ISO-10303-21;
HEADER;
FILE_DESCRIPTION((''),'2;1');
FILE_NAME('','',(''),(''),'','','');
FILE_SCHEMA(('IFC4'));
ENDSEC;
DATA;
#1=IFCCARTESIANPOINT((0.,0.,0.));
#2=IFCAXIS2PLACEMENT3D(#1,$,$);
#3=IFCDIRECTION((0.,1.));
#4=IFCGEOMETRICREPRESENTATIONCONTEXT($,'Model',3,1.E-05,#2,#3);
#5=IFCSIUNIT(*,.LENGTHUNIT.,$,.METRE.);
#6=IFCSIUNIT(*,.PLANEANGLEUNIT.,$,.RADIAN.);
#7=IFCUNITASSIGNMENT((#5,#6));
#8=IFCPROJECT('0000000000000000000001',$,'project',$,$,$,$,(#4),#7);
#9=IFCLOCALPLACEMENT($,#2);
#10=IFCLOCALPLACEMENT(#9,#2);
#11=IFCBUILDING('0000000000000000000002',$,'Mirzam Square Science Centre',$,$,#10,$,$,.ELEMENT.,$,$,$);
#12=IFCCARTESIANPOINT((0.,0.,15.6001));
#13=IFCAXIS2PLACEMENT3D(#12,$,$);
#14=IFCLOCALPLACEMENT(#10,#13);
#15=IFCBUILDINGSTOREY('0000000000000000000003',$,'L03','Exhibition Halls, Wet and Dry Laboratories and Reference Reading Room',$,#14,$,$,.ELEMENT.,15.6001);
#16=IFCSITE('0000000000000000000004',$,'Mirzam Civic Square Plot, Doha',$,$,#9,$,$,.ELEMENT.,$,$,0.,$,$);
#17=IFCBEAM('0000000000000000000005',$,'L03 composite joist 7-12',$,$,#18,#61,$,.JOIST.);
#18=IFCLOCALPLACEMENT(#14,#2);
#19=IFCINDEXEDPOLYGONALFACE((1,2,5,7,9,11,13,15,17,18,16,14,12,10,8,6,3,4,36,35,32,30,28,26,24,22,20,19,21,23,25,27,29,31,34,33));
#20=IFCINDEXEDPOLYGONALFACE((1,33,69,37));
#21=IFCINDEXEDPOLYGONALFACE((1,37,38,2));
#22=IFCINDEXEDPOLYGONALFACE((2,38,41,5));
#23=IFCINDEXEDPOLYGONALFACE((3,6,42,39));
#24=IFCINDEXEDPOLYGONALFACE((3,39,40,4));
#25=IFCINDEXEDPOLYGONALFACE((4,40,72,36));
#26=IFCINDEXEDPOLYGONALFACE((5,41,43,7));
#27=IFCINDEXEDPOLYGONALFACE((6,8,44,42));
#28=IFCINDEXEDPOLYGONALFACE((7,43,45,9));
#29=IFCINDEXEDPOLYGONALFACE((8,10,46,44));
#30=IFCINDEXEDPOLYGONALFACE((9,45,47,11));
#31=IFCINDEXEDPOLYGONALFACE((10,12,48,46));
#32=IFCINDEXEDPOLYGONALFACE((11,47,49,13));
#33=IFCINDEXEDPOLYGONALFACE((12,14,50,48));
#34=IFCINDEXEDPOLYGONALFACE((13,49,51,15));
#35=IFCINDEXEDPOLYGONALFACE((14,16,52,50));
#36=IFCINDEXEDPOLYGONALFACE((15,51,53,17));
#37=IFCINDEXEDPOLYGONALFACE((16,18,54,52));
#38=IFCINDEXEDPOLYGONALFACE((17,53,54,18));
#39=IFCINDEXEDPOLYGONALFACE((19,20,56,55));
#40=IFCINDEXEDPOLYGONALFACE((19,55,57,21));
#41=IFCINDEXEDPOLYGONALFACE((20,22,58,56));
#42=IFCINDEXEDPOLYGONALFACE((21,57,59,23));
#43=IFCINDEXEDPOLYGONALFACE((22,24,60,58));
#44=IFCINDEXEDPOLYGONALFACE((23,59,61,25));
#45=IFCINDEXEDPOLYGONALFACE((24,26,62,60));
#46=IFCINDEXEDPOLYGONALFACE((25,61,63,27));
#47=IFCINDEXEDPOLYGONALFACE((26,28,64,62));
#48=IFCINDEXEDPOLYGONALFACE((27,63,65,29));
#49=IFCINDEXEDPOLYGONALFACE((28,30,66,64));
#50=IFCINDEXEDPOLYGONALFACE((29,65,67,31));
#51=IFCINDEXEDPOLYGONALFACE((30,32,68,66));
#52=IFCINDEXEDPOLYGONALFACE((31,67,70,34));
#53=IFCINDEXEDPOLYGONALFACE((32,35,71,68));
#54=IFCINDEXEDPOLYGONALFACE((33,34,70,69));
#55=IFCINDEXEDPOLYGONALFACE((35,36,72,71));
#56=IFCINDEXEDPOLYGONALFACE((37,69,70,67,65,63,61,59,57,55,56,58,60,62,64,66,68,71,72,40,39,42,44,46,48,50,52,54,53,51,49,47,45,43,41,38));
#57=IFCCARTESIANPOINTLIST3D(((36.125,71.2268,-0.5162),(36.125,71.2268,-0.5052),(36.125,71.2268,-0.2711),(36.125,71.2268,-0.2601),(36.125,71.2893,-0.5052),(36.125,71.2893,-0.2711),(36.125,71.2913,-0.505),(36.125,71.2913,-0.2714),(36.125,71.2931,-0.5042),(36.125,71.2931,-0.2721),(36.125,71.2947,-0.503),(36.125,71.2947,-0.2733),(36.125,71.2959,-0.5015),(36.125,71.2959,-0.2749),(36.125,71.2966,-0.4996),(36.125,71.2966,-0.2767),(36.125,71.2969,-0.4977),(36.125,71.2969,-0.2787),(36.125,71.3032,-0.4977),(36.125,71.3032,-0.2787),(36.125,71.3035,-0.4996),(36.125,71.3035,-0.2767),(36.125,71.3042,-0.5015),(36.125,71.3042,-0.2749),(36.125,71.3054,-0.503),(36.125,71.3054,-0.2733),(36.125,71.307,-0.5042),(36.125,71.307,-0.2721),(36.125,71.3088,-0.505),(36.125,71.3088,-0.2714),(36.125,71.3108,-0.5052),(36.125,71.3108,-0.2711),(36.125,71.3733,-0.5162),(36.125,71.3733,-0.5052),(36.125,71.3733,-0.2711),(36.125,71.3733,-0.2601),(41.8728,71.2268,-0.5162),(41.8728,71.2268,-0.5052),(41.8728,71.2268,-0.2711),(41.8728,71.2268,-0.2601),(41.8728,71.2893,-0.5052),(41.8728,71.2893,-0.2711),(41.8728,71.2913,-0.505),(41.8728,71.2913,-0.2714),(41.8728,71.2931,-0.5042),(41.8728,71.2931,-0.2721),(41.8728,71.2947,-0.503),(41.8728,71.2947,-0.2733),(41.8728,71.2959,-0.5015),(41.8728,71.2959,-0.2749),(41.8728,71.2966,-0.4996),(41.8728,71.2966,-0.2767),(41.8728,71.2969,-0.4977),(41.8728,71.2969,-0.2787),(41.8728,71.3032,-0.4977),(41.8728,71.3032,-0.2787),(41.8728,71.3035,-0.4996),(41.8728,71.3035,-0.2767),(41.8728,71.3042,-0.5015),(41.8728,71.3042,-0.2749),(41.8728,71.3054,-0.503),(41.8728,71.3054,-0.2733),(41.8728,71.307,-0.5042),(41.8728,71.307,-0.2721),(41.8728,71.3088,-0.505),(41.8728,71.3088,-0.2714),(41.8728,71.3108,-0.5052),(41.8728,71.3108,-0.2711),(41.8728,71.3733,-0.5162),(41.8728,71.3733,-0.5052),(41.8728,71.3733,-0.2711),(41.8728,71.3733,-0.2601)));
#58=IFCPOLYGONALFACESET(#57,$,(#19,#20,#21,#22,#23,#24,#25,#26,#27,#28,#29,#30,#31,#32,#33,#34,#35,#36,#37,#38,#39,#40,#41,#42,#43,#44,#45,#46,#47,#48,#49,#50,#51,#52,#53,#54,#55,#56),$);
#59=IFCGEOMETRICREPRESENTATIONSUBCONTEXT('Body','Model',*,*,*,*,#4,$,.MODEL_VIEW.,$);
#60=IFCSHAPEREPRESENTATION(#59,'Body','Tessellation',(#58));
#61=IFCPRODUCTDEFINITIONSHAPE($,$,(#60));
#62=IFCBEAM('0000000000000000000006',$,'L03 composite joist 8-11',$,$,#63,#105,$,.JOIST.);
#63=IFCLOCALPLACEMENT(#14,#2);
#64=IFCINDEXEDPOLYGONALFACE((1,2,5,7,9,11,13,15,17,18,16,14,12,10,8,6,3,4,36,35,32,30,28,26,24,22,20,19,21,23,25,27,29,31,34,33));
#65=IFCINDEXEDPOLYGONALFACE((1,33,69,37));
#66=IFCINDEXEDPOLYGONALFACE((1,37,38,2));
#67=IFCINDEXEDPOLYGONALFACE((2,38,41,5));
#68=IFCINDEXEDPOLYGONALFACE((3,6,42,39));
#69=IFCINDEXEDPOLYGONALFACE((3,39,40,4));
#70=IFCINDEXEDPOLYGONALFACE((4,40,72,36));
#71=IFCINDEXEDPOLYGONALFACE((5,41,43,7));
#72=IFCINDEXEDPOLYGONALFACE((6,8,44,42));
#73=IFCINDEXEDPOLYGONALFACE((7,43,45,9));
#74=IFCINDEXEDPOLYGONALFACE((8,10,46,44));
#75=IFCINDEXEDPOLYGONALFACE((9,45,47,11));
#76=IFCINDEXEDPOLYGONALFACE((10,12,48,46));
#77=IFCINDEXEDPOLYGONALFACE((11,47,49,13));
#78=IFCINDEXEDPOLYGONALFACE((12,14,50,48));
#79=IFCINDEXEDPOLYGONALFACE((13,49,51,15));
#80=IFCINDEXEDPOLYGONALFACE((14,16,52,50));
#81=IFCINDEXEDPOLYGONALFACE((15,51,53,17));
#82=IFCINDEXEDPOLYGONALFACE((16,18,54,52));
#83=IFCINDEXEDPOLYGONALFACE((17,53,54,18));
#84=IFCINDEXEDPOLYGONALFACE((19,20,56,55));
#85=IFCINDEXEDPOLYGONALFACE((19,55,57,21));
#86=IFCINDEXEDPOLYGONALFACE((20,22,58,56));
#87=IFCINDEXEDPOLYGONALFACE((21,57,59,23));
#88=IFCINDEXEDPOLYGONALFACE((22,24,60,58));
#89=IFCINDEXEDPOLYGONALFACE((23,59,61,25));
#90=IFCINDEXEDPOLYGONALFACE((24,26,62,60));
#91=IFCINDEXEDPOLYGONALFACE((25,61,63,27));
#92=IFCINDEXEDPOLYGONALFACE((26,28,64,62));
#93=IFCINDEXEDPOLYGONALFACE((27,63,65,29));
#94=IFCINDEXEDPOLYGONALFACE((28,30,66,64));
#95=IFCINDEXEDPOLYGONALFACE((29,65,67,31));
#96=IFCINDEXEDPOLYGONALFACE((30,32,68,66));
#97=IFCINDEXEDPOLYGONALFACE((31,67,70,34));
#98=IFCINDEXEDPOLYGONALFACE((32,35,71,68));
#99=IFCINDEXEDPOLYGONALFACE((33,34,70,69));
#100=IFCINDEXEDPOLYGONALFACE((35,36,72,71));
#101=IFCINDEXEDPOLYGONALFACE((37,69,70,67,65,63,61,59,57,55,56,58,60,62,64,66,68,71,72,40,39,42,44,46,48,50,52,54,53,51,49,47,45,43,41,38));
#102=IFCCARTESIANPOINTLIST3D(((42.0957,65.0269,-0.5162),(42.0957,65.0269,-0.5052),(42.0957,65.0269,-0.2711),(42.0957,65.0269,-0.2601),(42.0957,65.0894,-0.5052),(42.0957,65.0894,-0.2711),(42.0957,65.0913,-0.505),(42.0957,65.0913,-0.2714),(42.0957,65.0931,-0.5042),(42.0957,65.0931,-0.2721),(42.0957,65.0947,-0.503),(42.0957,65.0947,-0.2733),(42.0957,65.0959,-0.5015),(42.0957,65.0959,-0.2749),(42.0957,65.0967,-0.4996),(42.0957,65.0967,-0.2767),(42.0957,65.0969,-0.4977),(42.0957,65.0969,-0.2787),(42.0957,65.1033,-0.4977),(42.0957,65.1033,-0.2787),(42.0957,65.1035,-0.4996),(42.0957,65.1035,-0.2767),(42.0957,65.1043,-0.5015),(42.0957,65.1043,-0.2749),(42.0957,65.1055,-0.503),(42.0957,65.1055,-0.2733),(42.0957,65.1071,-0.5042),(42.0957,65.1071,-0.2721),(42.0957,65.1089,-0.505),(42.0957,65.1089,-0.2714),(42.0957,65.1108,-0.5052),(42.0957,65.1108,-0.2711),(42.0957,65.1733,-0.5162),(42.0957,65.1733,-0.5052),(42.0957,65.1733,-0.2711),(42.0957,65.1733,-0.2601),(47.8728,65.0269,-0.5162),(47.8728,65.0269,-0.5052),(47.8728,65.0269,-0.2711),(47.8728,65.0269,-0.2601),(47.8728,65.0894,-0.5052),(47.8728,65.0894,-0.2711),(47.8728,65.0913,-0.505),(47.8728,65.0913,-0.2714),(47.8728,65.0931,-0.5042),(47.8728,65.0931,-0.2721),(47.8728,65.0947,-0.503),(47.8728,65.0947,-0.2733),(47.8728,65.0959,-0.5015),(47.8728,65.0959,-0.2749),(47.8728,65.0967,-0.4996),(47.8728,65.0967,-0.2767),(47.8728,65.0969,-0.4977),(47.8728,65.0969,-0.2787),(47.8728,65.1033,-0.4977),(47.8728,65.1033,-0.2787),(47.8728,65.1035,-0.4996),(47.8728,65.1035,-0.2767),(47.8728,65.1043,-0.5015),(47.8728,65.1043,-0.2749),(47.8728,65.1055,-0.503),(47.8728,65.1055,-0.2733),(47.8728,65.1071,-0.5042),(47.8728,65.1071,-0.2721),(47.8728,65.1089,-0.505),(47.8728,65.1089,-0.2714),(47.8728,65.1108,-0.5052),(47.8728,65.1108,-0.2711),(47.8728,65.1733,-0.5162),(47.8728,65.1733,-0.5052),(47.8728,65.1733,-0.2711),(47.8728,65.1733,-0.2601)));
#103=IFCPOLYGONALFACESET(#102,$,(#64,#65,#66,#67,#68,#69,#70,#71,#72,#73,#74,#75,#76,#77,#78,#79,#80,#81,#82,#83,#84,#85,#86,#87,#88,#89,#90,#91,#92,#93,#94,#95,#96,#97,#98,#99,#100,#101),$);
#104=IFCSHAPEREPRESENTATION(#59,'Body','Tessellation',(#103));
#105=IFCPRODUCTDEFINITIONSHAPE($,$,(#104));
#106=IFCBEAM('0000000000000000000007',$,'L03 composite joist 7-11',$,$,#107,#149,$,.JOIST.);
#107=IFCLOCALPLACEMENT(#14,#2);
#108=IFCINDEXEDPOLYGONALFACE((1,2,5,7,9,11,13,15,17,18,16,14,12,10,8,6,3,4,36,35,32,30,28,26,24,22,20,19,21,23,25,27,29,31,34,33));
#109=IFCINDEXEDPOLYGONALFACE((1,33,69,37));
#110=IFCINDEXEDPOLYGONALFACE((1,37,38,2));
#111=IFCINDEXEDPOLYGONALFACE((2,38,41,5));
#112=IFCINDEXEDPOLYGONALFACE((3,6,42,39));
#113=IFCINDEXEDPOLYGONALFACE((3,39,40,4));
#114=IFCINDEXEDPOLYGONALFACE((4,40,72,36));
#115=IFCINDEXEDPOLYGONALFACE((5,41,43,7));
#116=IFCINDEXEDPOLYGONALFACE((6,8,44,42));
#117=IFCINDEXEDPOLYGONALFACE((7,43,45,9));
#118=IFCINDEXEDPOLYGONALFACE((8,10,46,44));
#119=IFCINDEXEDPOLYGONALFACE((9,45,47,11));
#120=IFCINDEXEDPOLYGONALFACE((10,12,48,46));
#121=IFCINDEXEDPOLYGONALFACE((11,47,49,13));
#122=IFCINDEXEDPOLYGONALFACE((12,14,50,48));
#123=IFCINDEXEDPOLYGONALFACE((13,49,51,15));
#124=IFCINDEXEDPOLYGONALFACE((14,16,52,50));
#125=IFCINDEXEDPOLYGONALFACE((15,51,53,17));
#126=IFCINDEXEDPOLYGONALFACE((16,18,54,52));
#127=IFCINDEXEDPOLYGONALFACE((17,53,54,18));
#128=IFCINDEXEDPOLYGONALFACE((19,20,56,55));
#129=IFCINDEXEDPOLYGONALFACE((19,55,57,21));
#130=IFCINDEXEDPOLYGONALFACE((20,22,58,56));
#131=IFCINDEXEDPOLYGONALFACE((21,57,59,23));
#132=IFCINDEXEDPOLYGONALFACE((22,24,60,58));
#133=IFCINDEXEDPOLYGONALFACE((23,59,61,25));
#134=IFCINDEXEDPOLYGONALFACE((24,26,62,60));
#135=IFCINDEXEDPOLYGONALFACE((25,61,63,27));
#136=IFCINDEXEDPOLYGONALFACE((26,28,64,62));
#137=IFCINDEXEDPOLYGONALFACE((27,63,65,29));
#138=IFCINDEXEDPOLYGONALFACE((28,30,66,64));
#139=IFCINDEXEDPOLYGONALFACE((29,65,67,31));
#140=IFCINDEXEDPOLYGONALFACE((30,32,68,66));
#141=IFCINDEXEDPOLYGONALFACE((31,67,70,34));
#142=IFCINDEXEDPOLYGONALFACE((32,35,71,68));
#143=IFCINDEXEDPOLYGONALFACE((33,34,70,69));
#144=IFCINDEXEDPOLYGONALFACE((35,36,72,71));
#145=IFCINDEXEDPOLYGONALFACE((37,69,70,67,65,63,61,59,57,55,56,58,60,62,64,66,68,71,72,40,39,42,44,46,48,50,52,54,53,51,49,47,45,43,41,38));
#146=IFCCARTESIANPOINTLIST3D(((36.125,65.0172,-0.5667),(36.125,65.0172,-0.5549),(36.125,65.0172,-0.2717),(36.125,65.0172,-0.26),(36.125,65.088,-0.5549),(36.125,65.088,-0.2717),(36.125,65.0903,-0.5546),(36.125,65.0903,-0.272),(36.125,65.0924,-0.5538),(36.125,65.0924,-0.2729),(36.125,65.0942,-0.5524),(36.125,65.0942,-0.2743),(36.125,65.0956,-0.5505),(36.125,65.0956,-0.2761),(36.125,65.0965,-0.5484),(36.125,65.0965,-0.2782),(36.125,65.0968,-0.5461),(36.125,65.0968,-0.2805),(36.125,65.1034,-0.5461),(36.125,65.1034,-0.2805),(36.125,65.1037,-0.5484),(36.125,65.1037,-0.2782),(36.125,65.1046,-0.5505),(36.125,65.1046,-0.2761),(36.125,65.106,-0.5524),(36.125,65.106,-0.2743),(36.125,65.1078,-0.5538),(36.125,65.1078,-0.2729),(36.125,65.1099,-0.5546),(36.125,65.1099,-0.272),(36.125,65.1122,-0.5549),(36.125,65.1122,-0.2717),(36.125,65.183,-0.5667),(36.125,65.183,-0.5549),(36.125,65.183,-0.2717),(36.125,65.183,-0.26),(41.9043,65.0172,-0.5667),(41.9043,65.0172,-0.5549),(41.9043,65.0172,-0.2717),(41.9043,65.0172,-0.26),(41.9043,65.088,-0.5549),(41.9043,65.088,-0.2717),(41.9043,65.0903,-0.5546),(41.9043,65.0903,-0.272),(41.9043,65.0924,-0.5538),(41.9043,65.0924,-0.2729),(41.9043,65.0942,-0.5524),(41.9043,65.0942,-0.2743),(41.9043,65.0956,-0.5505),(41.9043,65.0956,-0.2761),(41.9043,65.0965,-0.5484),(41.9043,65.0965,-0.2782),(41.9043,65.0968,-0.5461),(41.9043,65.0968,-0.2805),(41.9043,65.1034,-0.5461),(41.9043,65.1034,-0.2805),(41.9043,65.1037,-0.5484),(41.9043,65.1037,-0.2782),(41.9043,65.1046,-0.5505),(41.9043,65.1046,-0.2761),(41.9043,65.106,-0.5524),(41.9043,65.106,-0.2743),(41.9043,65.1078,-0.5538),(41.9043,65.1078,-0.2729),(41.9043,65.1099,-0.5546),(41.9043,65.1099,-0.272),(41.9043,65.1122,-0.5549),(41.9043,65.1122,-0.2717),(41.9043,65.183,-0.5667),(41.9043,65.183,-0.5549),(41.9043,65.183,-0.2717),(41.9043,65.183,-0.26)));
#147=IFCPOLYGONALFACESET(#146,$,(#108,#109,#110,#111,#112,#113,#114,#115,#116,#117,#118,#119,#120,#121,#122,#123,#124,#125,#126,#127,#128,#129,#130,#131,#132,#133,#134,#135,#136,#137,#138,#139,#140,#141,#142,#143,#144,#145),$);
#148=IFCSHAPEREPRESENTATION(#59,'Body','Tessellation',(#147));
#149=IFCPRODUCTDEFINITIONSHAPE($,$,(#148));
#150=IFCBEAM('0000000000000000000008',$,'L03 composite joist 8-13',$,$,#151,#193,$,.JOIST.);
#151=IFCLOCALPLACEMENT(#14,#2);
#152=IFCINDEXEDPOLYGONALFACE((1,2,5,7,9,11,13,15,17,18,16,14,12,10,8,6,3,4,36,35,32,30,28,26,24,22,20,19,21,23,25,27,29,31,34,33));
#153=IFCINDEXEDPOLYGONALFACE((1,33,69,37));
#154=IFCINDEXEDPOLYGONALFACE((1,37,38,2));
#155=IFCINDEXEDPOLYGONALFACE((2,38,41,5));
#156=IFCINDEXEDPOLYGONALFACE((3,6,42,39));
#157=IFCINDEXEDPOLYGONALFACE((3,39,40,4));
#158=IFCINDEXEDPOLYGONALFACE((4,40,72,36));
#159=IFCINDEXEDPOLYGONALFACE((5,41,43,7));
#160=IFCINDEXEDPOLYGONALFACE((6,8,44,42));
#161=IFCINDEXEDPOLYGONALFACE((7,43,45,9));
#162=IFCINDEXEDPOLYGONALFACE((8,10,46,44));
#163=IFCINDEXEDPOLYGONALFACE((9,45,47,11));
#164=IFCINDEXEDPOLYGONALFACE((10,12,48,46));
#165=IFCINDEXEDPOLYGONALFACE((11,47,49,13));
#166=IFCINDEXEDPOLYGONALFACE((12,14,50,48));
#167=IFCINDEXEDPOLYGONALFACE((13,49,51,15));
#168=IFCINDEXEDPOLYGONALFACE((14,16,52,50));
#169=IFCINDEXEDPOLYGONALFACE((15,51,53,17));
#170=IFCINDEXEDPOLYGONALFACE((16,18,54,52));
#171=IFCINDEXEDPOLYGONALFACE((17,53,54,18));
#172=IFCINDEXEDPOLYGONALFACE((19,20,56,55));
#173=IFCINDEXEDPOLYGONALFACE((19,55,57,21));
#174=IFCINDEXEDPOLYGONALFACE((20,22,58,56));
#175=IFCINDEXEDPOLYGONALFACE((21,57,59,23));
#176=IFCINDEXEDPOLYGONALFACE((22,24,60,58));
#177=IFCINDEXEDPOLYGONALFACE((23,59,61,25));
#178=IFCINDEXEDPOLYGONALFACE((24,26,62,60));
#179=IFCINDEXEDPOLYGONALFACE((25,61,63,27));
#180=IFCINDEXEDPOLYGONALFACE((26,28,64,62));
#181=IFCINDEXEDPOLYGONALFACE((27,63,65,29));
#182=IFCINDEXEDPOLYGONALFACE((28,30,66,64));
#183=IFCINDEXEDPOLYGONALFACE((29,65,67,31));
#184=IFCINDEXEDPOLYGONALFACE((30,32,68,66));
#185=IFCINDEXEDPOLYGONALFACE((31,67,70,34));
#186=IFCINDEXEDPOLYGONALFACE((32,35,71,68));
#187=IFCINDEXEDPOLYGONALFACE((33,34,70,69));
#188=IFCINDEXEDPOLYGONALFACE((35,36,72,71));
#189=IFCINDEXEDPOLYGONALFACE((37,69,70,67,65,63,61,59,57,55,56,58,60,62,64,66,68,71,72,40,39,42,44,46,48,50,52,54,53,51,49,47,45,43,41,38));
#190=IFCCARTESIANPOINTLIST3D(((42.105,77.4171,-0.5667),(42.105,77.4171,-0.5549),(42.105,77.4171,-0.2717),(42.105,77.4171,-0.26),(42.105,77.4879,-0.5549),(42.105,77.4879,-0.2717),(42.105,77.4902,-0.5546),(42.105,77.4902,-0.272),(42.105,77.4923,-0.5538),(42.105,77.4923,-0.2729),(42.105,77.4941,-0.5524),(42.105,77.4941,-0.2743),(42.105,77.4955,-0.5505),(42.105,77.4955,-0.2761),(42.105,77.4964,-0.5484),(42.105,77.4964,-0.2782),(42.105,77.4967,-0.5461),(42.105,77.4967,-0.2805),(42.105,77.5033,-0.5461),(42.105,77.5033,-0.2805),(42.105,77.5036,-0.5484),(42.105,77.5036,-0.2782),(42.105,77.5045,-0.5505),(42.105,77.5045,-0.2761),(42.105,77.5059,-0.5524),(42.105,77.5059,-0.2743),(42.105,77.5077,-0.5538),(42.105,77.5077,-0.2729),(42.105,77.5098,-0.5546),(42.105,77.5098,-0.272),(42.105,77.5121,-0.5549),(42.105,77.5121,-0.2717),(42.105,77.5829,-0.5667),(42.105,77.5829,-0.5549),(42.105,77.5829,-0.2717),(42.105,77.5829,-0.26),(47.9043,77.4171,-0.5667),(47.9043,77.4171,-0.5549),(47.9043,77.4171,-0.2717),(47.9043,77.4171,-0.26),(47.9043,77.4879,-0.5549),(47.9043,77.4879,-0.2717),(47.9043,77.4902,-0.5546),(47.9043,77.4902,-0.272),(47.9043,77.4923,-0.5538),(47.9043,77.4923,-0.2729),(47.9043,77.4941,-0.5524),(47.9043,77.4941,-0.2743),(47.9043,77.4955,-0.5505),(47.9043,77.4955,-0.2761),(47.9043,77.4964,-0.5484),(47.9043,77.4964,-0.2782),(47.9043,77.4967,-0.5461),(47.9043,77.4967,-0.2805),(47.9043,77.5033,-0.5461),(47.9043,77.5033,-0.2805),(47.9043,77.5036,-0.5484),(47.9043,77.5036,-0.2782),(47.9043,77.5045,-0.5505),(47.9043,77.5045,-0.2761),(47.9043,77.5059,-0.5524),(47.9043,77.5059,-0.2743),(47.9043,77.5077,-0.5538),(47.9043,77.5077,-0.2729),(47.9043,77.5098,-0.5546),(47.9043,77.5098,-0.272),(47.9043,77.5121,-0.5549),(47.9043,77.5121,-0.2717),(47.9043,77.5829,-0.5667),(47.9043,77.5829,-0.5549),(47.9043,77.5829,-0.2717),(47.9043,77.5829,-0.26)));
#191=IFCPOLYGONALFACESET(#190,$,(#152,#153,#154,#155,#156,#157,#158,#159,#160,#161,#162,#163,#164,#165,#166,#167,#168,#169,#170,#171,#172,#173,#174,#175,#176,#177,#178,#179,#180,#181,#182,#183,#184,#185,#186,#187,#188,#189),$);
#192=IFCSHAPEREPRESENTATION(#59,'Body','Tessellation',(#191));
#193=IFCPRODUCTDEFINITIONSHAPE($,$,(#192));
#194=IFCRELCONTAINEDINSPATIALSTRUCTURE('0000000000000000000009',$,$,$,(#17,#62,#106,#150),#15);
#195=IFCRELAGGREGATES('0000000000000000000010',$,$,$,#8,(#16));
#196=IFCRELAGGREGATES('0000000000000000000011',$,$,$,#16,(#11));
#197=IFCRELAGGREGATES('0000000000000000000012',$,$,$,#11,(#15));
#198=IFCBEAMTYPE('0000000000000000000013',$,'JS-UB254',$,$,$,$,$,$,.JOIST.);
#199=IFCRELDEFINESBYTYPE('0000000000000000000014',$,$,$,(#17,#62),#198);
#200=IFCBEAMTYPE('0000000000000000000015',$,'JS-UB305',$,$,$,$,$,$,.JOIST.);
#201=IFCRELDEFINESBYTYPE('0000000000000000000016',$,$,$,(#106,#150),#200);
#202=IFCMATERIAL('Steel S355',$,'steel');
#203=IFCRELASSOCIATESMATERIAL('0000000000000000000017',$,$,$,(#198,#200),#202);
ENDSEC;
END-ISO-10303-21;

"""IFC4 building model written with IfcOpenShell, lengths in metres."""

from ifc_helpers import new_model, si_unit, direction, frame, origin, origin_2d, place, context, subcontext, project, spatial, i_section, extrude, material, material_profile, profile_set, type_object, element, save


model = new_model("IFC4")

# Units and contexts
model_context = context("Model", 3, precision=1e-05, world=origin(), true_north=direction((0.0, 1.0)))
body_context = subcontext(model_context, "Body", "Model", "MODEL_VIEW")
ifc_project = project(units=[si_unit("LENGTHUNIT", "METRE"), si_unit("PLANEANGLEUNIT", "RADIAN")], contexts=[model_context])

# Site, building, storey
site_placement = place(None, origin())
site = spatial("IfcSite", under=ifc_project, at=site_placement, Name="Mirzam Civic Square Plot, Doha", CompositionType="ELEMENT", RefElevation=0.0)
building_placement = place(site_placement, origin())
building = spatial("IfcBuilding", under=site, at=building_placement, Name="Mirzam Square Science Centre", CompositionType="ELEMENT")
storey_placement = place(building_placement, frame((0.0, 0.0, 15.6001)))
storey = spatial("IfcBuildingStorey", under=building, at=storey_placement, Name="L03", Description="Exhibition Halls, Wet and Dry Laboratories and Reference Reading Room", CompositionType="ELEMENT", Elevation=15.6001)

# Shared definitions
ifc_material_1 = material(Name="Steel S355", Category="steel")

# Beams
ifc_material_profile_1 = material_profile(ifc_material_1, i_section(OverallWidth=0.1465, OverallDepth=0.2561, WebThickness=0.0063, FlangeThickness=0.011, FilletRadius=0.0076, at=origin_2d()), Name="254x146x37UB")
ifc_profile_set_1 = profile_set([ifc_material_profile_1], Name="Steel S355")
beam_type_1 = type_object("IfcBeamType", Name="JS-UB254", PredefinedType="JOIST", material=ifc_profile_set_1)
beam_1_placement = place(storey_placement, frame((36.125, 71.3, -0.3882), z_axis=(1.0, 0.0, 0.0), x_axis=(0.0, 1.0, 0.0)))
element("IfcBeam", 1, at=beam_1_placement, inside=storey, type_object=beam_type_1, Name="L03 composite joist 7-12", PredefinedType="JOIST", context=body_context, shape_type="SweptSolid", body=[
    extrude(i_section(OverallWidth=0.1465, OverallDepth=0.2561, WebThickness=0.0063, FlangeThickness=0.011, FilletRadius=0.0076, at=origin_2d()), origin(), (0.0, 0.0, 1.0), 5.7478),
])
beam_2_placement = place(storey_placement, frame((42.0957, 65.1001, -0.3882), z_axis=(1.0, 0.0, 0.0), x_axis=(0.0, 1.0, 0.0)))
element("IfcBeam", 2, at=beam_2_placement, inside=storey, type_object=beam_type_1, Name="L03 composite joist 8-11", PredefinedType="JOIST", context=body_context, shape_type="SweptSolid", body=[
    extrude(i_section(OverallWidth=0.1465, OverallDepth=0.2561, WebThickness=0.0063, FlangeThickness=0.011, FilletRadius=0.0076, at=origin_2d()), origin(), (0.0, 0.0, 1.0), 5.7771),
])
ifc_material_profile_2 = material_profile(ifc_material_1, i_section(OverallWidth=0.1658, OverallDepth=0.3066, WebThickness=0.0066, FlangeThickness=0.0117, FilletRadius=0.0088, at=origin_2d()), Name="305x165x46UB")
ifc_profile_set_2 = profile_set([ifc_material_profile_2], Name="Steel S355")
beam_type_2 = type_object("IfcBeamType", Name="JS-UB305", PredefinedType="JOIST", material=ifc_profile_set_2)
beam_3_placement = place(storey_placement, frame((36.125, 65.1001, -0.4133), z_axis=(1.0, 0.0, 0.0), x_axis=(0.0, 1.0, 0.0)))
element("IfcBeam", 3, at=beam_3_placement, inside=storey, type_object=beam_type_2, Name="L03 composite joist 7-11", PredefinedType="JOIST", context=body_context, shape_type="SweptSolid", body=[
    extrude(i_section(OverallWidth=0.1658, OverallDepth=0.3066, WebThickness=0.0066, FlangeThickness=0.0117, FilletRadius=0.0088, at=origin_2d()), origin(), (0.0, 0.0, 1.0), 5.7793),
])
beam_4_placement = place(storey_placement, frame((42.105, 77.5, -0.4133), z_axis=(1.0, 0.0, 0.0), x_axis=(0.0, 1.0, 0.0)))
element("IfcBeam", 4, at=beam_4_placement, inside=storey, type_object=beam_type_2, Name="L03 composite joist 8-13", PredefinedType="JOIST", context=body_context, shape_type="SweptSolid", body=[
    extrude(i_section(OverallWidth=0.1658, OverallDepth=0.3066, WebThickness=0.0066, FlangeThickness=0.0117, FilletRadius=0.0088, at=origin_2d()), origin(), (0.0, 0.0, 1.0), 5.7993),
])

save(model, "model.ifc")
